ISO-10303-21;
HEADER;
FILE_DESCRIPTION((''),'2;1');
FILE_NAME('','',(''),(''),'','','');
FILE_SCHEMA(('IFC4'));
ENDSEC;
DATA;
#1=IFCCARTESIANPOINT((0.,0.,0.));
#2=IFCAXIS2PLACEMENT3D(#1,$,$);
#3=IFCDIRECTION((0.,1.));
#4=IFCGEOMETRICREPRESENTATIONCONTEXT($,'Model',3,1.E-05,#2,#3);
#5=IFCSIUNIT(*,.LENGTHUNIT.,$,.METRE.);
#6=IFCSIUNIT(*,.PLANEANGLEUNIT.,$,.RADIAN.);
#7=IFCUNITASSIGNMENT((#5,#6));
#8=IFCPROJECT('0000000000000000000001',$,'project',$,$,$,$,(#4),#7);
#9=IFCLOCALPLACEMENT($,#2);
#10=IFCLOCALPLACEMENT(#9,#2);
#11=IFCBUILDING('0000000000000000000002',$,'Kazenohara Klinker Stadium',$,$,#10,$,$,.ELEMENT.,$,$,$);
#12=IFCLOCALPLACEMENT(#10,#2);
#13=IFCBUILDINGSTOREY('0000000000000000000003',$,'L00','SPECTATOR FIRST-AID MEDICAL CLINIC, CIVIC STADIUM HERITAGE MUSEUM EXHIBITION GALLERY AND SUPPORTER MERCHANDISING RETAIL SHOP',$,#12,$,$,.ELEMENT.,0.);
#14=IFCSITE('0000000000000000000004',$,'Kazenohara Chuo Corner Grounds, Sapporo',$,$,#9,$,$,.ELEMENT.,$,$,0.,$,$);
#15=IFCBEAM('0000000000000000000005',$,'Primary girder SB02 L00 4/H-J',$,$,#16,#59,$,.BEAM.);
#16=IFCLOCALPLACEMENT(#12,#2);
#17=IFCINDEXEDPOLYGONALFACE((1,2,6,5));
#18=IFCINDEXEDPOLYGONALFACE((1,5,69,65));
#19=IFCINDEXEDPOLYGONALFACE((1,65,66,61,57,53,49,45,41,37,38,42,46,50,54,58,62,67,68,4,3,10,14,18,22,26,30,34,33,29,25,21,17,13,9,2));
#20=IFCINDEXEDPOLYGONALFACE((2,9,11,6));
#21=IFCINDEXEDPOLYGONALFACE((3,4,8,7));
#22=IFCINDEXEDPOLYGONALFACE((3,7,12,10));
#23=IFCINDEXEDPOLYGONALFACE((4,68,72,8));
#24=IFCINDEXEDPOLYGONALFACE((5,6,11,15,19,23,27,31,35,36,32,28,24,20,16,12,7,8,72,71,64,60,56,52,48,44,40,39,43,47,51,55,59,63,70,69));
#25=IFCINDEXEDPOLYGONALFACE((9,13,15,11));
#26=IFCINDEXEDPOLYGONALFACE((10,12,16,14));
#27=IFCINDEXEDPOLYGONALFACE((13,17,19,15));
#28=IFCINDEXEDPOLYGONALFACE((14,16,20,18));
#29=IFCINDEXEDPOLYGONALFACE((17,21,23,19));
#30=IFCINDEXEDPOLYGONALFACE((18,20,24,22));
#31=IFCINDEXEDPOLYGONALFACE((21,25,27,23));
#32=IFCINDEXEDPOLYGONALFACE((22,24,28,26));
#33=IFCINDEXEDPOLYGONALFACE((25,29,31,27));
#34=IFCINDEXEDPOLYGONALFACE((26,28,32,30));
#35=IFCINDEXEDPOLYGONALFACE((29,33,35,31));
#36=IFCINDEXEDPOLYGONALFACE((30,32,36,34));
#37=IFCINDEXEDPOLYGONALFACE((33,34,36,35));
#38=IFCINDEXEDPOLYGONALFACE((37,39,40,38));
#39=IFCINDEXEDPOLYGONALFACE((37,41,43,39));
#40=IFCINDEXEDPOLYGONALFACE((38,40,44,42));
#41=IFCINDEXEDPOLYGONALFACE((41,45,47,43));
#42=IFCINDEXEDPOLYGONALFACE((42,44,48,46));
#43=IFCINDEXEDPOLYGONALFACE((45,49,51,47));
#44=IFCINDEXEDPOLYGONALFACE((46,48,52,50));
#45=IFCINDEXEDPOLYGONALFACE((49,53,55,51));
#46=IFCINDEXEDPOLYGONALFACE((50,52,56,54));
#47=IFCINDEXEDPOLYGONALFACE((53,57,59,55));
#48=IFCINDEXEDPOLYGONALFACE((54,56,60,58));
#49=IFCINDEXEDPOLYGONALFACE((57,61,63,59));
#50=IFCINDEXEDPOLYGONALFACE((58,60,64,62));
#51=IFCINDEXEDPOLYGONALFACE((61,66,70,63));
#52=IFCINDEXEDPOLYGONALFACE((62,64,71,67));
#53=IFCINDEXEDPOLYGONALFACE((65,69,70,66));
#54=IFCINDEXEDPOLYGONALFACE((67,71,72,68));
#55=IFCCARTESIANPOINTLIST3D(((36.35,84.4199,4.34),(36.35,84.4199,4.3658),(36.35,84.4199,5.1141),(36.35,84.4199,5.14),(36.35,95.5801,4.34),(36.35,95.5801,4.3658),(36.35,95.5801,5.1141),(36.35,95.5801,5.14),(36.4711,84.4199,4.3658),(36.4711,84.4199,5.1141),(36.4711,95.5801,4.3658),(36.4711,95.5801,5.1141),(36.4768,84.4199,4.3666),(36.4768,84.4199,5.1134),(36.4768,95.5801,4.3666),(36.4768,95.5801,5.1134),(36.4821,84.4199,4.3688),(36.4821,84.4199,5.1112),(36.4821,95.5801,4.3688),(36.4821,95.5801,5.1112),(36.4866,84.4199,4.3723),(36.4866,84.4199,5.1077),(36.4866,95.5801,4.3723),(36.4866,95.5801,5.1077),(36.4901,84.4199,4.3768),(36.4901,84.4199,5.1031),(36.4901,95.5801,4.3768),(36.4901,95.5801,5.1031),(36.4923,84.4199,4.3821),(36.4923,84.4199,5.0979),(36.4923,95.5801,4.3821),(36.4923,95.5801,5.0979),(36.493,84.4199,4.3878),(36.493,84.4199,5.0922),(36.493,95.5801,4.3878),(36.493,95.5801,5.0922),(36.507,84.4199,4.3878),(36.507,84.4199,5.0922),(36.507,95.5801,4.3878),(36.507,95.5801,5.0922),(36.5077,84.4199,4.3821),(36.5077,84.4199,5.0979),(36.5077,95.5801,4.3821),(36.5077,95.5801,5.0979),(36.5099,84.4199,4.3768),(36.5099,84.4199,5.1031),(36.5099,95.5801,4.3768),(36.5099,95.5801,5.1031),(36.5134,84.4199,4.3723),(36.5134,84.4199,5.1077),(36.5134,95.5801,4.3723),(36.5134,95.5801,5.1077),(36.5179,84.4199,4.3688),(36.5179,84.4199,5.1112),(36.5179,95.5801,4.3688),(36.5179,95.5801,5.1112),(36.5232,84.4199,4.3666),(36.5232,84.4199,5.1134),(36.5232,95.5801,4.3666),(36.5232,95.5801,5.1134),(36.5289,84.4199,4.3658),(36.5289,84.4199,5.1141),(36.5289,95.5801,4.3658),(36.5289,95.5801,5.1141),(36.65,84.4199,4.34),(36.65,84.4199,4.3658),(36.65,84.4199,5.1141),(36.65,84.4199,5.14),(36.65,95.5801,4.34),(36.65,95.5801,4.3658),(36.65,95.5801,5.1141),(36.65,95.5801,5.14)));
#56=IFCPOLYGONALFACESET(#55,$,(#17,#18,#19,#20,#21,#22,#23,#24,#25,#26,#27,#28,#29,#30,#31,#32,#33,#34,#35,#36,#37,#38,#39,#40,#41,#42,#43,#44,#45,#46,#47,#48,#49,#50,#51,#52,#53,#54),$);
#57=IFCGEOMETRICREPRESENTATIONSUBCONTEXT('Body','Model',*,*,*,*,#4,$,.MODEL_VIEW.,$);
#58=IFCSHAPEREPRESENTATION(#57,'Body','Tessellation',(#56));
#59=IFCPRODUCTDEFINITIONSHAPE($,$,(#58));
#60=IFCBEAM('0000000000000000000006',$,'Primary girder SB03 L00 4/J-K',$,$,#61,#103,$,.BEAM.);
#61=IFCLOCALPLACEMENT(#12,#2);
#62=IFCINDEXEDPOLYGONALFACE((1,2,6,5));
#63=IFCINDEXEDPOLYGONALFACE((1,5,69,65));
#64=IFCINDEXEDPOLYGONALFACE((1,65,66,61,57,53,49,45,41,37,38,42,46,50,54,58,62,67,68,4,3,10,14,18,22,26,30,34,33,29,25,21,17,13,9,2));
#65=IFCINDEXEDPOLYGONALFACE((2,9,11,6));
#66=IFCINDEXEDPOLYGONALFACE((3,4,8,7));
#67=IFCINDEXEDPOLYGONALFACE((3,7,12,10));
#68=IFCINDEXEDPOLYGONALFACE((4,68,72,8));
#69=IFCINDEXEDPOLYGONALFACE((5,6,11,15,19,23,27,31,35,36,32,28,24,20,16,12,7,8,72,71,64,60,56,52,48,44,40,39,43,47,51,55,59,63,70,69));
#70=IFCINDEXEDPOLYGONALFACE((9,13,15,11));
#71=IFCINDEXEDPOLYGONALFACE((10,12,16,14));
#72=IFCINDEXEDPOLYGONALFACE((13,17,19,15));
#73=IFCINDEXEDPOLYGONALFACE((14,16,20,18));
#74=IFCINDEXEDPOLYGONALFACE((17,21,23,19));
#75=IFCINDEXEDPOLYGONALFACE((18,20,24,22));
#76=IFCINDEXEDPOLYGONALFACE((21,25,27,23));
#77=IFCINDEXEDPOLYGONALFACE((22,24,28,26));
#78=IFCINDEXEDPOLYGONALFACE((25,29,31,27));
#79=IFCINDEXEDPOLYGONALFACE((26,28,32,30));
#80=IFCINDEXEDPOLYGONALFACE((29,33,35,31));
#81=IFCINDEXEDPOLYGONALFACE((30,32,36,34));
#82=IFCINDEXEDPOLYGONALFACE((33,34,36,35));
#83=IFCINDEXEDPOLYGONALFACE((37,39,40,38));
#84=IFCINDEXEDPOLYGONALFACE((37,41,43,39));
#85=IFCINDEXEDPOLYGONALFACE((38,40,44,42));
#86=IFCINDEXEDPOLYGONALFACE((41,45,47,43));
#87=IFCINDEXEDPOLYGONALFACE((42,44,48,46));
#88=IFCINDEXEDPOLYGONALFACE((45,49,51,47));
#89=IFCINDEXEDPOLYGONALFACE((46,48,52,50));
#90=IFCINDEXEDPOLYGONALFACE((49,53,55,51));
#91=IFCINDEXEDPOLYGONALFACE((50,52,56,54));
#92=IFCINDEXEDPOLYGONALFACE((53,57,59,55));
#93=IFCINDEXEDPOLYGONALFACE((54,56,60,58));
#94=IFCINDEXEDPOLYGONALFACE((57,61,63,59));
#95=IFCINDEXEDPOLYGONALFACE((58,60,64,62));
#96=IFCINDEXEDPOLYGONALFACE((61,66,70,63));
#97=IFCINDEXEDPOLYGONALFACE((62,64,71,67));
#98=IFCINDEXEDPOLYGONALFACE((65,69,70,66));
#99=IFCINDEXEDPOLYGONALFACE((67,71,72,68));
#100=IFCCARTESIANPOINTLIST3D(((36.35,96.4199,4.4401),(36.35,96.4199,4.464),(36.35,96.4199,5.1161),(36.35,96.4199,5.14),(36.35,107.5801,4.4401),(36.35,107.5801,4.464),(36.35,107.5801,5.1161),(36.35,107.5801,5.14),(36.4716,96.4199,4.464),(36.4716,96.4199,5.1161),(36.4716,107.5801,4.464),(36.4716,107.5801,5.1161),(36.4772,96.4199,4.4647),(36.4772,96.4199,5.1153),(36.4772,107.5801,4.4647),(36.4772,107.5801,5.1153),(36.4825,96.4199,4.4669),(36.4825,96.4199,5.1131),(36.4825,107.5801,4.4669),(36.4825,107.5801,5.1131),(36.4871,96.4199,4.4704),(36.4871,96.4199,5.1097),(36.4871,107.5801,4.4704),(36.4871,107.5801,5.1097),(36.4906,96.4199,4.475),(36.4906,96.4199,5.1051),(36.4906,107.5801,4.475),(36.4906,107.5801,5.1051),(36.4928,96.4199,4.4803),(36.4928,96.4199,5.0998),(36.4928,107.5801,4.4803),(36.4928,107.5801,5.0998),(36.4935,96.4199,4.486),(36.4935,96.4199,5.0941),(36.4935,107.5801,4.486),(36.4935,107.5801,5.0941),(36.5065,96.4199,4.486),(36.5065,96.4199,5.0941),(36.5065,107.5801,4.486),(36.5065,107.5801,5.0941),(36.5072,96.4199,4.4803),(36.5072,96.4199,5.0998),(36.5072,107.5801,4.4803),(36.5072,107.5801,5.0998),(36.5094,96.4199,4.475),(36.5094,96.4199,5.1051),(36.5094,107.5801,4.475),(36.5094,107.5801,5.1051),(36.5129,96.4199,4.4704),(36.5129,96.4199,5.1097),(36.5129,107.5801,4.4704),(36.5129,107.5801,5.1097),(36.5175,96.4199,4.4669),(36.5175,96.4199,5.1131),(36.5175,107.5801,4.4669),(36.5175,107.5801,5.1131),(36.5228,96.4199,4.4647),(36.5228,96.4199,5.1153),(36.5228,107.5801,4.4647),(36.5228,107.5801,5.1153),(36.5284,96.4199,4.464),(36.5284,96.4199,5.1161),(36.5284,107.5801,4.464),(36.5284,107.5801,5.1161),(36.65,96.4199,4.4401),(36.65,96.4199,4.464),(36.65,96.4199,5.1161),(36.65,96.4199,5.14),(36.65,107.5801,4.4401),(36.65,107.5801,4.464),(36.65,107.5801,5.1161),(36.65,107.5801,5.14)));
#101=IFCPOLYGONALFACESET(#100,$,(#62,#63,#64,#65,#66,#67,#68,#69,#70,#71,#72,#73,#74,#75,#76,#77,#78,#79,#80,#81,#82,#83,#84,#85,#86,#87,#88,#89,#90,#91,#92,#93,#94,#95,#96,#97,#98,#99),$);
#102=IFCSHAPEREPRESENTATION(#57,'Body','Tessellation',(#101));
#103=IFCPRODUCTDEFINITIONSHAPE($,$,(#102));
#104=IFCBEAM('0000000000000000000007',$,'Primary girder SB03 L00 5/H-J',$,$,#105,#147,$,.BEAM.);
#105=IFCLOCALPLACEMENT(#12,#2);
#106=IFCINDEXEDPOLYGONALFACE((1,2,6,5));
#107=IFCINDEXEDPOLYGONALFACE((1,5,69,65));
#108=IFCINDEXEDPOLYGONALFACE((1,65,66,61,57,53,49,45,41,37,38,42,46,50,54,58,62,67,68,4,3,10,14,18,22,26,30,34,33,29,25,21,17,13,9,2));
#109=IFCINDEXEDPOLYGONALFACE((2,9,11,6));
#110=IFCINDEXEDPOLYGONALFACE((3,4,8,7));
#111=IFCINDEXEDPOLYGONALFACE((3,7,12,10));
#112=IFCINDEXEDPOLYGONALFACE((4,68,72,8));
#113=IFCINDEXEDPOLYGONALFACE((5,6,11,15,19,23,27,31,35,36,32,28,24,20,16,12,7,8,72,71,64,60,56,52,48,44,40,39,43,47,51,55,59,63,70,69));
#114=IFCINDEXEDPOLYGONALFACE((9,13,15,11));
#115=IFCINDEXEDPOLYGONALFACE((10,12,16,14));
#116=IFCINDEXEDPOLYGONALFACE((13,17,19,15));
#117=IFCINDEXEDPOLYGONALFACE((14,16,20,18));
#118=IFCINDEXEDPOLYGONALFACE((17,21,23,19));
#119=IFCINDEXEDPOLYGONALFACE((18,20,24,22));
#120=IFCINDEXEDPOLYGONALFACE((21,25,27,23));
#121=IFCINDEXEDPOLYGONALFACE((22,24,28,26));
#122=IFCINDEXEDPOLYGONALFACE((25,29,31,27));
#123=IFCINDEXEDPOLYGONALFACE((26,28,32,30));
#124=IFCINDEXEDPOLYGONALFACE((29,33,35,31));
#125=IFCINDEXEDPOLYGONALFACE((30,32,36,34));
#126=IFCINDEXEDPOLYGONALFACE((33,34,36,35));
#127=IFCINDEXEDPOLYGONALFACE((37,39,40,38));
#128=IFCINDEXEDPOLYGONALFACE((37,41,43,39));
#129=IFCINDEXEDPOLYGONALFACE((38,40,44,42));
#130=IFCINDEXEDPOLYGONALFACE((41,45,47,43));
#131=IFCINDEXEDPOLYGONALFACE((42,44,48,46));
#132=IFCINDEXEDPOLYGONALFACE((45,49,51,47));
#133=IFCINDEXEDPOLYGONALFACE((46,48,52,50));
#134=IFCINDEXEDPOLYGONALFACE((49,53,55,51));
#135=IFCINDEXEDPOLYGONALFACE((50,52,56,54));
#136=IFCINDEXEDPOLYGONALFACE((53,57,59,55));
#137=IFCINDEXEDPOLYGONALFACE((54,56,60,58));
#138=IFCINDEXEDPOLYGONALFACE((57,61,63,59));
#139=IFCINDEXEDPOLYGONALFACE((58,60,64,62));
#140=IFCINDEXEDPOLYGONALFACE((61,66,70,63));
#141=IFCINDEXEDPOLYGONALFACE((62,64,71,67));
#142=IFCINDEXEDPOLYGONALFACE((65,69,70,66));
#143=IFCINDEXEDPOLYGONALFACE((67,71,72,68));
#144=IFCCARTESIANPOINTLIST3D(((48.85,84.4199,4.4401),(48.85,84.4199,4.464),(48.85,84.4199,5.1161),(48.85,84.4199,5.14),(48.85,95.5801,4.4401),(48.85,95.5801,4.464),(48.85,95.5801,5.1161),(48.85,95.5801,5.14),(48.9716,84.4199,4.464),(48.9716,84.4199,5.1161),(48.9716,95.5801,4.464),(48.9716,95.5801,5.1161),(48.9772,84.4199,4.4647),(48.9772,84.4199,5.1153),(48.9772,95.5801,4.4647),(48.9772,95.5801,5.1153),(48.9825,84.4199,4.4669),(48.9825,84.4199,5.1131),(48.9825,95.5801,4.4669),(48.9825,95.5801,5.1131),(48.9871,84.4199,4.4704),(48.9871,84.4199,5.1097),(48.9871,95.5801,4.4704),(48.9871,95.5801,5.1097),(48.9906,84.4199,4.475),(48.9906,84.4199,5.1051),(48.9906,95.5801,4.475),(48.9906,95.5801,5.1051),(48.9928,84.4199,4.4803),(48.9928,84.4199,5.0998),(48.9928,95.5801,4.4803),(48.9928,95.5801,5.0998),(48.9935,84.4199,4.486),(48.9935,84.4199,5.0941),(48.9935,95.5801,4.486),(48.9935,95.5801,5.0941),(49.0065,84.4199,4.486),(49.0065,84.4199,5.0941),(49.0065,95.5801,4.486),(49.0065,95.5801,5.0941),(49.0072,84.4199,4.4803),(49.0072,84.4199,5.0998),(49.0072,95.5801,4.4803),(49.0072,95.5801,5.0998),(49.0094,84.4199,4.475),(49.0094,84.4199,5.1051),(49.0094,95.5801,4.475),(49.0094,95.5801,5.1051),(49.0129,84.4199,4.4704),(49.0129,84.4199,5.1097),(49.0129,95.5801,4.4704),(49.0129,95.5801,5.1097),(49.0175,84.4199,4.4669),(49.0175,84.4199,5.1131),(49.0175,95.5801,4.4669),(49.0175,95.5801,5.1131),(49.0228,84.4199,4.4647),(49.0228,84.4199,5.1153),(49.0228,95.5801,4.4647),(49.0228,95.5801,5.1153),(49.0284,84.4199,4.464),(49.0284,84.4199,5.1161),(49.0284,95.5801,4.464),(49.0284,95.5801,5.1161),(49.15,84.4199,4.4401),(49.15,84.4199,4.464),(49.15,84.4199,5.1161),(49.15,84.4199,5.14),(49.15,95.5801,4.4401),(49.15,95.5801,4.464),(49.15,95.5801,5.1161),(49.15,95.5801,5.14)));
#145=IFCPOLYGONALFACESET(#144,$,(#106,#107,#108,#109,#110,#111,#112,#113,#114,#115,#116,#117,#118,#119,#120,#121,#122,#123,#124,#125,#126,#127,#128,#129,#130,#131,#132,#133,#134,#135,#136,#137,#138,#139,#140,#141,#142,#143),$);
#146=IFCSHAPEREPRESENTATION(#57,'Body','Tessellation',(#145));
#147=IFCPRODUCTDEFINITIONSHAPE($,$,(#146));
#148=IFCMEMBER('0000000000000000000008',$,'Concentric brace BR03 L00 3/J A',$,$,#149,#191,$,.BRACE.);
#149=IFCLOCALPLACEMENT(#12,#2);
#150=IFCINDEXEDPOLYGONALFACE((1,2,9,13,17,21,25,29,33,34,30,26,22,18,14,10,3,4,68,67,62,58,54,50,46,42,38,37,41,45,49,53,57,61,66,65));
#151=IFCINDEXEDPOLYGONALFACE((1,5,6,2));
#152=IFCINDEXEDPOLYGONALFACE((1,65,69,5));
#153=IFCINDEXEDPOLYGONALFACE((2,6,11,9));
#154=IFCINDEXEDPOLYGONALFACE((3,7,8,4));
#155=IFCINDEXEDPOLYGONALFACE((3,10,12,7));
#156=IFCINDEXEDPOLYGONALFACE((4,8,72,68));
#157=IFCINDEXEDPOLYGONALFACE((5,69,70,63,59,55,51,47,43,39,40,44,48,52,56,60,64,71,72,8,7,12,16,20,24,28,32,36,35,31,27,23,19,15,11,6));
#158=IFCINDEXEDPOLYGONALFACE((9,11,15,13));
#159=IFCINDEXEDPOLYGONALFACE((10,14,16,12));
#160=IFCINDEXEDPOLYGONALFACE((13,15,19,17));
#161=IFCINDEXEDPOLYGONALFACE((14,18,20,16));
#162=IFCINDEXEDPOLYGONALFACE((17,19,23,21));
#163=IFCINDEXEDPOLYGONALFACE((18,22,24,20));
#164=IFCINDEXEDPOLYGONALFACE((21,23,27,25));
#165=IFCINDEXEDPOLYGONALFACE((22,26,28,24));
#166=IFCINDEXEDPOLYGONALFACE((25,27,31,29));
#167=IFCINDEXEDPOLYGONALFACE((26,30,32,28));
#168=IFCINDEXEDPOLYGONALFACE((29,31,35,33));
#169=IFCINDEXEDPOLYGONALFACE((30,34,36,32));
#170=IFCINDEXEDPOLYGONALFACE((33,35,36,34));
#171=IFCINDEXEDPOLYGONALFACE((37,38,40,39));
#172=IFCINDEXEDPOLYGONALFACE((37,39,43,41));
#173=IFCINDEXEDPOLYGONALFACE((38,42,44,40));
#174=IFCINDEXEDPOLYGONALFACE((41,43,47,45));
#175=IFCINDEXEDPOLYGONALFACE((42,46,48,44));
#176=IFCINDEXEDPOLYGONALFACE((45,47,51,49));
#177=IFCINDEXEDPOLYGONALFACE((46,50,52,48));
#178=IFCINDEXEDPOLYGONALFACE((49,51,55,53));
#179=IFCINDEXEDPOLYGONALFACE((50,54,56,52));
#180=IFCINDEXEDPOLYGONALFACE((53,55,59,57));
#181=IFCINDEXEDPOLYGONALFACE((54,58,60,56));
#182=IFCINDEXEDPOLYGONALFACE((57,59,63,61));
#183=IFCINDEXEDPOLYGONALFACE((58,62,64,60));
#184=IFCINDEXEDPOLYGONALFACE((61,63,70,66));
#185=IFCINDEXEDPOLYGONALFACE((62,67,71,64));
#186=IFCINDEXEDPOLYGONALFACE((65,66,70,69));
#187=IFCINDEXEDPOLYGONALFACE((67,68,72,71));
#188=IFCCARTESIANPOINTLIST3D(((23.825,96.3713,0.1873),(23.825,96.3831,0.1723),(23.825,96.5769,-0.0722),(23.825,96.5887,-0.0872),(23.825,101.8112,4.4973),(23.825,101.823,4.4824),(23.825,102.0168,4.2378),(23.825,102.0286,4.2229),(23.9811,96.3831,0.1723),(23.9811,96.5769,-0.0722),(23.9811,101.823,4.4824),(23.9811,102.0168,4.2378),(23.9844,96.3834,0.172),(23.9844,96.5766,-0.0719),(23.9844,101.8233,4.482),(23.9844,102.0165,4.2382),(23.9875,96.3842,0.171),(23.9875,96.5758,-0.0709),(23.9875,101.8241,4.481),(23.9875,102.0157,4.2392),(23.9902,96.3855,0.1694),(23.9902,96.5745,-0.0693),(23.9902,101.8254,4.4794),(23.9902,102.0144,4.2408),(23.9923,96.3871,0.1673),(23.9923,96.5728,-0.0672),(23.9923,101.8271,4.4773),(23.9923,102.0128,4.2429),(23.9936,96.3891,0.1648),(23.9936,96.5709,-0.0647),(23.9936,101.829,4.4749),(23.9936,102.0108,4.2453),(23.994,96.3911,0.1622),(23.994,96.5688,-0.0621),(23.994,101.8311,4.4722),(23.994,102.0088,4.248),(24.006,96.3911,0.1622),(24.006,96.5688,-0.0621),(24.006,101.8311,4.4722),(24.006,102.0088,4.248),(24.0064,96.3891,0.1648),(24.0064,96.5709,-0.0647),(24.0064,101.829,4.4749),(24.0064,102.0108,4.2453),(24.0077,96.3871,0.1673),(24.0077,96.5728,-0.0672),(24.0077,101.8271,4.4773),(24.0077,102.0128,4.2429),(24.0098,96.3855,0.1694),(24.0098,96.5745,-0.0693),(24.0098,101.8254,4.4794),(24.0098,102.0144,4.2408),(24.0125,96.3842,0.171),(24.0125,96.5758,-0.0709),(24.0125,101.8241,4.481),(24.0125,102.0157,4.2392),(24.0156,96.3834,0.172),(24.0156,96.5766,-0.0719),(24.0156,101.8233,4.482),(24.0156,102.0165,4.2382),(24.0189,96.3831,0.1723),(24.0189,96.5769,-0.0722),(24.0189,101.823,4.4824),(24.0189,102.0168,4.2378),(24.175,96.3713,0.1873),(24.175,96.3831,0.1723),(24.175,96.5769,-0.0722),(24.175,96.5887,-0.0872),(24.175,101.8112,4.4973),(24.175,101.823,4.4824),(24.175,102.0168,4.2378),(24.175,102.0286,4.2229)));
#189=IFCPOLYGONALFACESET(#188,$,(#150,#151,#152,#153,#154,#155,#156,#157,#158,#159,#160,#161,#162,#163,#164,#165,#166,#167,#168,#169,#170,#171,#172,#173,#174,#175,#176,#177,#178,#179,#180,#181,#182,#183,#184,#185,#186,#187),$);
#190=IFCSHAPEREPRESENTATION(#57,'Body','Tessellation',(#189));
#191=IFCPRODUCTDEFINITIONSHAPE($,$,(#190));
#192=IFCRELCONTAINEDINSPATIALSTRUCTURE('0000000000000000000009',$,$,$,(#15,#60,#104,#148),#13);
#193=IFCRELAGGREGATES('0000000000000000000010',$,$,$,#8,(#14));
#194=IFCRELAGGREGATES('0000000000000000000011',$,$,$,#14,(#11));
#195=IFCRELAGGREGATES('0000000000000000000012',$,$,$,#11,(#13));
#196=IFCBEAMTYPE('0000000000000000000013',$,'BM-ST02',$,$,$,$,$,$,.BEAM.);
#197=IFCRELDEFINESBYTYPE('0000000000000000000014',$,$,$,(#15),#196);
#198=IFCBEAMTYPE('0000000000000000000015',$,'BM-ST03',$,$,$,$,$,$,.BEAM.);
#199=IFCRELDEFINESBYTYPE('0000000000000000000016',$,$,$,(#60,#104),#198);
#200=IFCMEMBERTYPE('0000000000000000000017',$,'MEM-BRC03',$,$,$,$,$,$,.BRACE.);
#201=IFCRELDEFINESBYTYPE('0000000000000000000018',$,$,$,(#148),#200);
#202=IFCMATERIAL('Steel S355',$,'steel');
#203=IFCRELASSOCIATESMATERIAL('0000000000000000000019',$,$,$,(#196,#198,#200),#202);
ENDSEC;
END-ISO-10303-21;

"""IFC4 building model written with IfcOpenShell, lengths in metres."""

from ifc_helpers import new_model, si_unit, direction, frame, origin, origin_2d, place, context, subcontext, project, spatial, i_section, extrude, material, material_profile, profile_set, type_object, element, save


model = new_model("IFC4")

# Units and contexts
model_context = context("Model", 3, precision=1e-05, world=origin(), true_north=direction((0.0, 1.0)))
body_context = subcontext(model_context, "Body", "Model", "MODEL_VIEW")
ifc_project = project(units=[si_unit("LENGTHUNIT", "METRE"), si_unit("PLANEANGLEUNIT", "RADIAN")], contexts=[model_context])

# Site, building, storey
site_placement = place(None, origin())
site = spatial("IfcSite", under=ifc_project, at=site_placement, Name="Kazenohara Chuo Corner Grounds, Sapporo", CompositionType="ELEMENT", RefElevation=0.0)
building_placement = place(site_placement, origin())
building = spatial("IfcBuilding", under=site, at=building_placement, Name="Kazenohara Klinker Stadium", CompositionType="ELEMENT")
storey_placement = place(building_placement, origin())
storey = spatial("IfcBuildingStorey", under=building, at=storey_placement, Name="L00", Description="SPECTATOR FIRST-AID MEDICAL CLINIC, CIVIC STADIUM HERITAGE MUSEUM EXHIBITION GALLERY AND SUPPORTER MERCHANDISING RETAIL SHOP", CompositionType="ELEMENT", Elevation=0.0)

# Beams
ifc_material_1 = material(Name="Steel S355", Category="steel")
ifc_material_profile_1 = material_profile(ifc_material_1, i_section(OverallWidth=0.3, OverallDepth=0.8, WebThickness=0.0139, FlangeThickness=0.0259, FilletRadius=0.022, at=origin_2d()), Name="H-800x300x14x26")
ifc_profile_set_1 = profile_set([ifc_material_profile_1], Name="Steel S355")
beam_type_1 = type_object("IfcBeamType", Name="BM-ST02", PredefinedType="BEAM", material=ifc_profile_set_1)
for number, where, z_axis, x_axis, name in (
    (1, (36.5, 84.4199, 4.74), (0.0, 1.0, 0.0), (-1.0, 0.0, 0.0), "Primary girder SB02 L00 4/H-J"),
):
    element("IfcBeam", number, at=place(storey_placement, frame(where, z_axis=z_axis, x_axis=x_axis)), inside=storey, type_object=beam_type_1, Name=name, PredefinedType="BEAM", context=body_context, shape_type="SweptSolid", body=[
        extrude(i_section(OverallWidth=0.3, OverallDepth=0.8, WebThickness=0.0139, FlangeThickness=0.0259, FilletRadius=0.022, at=origin_2d()), origin(), (0.0, 0.0, 1.0), 11.1602),
    ])
ifc_material_profile_2 = material_profile(ifc_material_1, i_section(OverallWidth=0.3, OverallDepth=0.7, WebThickness=0.0129, FlangeThickness=0.0239, FilletRadius=0.022, at=origin_2d()), Name="H-700x300x13x24")
ifc_profile_set_2 = profile_set([ifc_material_profile_2], Name="Steel S355")
beam_type_2 = type_object("IfcBeamType", Name="BM-ST03", PredefinedType="BEAM", material=ifc_profile_set_2)
for number, where, z_axis, x_axis, name in (
    (2, (36.5, 96.4199, 4.79), (0.0, 1.0, 0.0), (-1.0, 0.0, 0.0), "Primary girder SB03 L00 4/J-K"),
    (3, (49.0, 84.4199, 4.79), (0.0, 1.0, 0.0), (-1.0, 0.0, 0.0), "Primary girder SB03 L00 5/H-J"),
):
    element("IfcBeam", number, at=place(storey_placement, frame(where, z_axis=z_axis, x_axis=x_axis)), inside=storey, type_object=beam_type_2, Name=name, PredefinedType="BEAM", context=body_context, shape_type="SweptSolid", body=[
        extrude(i_section(OverallWidth=0.3, OverallDepth=0.7, WebThickness=0.0129, FlangeThickness=0.0239, FilletRadius=0.022, at=origin_2d()), origin(), (0.0, 0.0, 1.0), 11.1602),
    ])

# Member
ifc_material_profile_3 = material_profile(ifc_material_1, i_section(OverallWidth=0.3501, OverallDepth=0.3501, WebThickness=0.012, FlangeThickness=0.019, FilletRadius=0.0129, at=origin_2d()), Name="H-350x350x12x19")
ifc_profile_set_3 = profile_set([ifc_material_profile_3], Name="Steel S355")
member_type = type_object("IfcMemberType", Name="MEM-BRC03", PredefinedType="BRACE", material=ifc_profile_set_3)
member_1_placement = place(storey_placement, frame((24.0, 96.48, 0.05), z_axis=(0.0, 0.783805, 0.621007), x_axis=(-1.0, 0.0, 0.0)))
element("IfcMember", 4, at=member_1_placement, inside=storey, type_object=member_type, Name="Concentric brace BR03 L00 3/J A", PredefinedType="BRACE", context=body_context, shape_type="SweptSolid", body=[
    extrude(i_section(OverallWidth=0.3501, OverallDepth=0.3501, WebThickness=0.012, FlangeThickness=0.019, FilletRadius=0.0129, at=origin_2d()), origin(), (0.0, 0.0, 1.0), 6.9404),
])

save(model, "model.ifc")
